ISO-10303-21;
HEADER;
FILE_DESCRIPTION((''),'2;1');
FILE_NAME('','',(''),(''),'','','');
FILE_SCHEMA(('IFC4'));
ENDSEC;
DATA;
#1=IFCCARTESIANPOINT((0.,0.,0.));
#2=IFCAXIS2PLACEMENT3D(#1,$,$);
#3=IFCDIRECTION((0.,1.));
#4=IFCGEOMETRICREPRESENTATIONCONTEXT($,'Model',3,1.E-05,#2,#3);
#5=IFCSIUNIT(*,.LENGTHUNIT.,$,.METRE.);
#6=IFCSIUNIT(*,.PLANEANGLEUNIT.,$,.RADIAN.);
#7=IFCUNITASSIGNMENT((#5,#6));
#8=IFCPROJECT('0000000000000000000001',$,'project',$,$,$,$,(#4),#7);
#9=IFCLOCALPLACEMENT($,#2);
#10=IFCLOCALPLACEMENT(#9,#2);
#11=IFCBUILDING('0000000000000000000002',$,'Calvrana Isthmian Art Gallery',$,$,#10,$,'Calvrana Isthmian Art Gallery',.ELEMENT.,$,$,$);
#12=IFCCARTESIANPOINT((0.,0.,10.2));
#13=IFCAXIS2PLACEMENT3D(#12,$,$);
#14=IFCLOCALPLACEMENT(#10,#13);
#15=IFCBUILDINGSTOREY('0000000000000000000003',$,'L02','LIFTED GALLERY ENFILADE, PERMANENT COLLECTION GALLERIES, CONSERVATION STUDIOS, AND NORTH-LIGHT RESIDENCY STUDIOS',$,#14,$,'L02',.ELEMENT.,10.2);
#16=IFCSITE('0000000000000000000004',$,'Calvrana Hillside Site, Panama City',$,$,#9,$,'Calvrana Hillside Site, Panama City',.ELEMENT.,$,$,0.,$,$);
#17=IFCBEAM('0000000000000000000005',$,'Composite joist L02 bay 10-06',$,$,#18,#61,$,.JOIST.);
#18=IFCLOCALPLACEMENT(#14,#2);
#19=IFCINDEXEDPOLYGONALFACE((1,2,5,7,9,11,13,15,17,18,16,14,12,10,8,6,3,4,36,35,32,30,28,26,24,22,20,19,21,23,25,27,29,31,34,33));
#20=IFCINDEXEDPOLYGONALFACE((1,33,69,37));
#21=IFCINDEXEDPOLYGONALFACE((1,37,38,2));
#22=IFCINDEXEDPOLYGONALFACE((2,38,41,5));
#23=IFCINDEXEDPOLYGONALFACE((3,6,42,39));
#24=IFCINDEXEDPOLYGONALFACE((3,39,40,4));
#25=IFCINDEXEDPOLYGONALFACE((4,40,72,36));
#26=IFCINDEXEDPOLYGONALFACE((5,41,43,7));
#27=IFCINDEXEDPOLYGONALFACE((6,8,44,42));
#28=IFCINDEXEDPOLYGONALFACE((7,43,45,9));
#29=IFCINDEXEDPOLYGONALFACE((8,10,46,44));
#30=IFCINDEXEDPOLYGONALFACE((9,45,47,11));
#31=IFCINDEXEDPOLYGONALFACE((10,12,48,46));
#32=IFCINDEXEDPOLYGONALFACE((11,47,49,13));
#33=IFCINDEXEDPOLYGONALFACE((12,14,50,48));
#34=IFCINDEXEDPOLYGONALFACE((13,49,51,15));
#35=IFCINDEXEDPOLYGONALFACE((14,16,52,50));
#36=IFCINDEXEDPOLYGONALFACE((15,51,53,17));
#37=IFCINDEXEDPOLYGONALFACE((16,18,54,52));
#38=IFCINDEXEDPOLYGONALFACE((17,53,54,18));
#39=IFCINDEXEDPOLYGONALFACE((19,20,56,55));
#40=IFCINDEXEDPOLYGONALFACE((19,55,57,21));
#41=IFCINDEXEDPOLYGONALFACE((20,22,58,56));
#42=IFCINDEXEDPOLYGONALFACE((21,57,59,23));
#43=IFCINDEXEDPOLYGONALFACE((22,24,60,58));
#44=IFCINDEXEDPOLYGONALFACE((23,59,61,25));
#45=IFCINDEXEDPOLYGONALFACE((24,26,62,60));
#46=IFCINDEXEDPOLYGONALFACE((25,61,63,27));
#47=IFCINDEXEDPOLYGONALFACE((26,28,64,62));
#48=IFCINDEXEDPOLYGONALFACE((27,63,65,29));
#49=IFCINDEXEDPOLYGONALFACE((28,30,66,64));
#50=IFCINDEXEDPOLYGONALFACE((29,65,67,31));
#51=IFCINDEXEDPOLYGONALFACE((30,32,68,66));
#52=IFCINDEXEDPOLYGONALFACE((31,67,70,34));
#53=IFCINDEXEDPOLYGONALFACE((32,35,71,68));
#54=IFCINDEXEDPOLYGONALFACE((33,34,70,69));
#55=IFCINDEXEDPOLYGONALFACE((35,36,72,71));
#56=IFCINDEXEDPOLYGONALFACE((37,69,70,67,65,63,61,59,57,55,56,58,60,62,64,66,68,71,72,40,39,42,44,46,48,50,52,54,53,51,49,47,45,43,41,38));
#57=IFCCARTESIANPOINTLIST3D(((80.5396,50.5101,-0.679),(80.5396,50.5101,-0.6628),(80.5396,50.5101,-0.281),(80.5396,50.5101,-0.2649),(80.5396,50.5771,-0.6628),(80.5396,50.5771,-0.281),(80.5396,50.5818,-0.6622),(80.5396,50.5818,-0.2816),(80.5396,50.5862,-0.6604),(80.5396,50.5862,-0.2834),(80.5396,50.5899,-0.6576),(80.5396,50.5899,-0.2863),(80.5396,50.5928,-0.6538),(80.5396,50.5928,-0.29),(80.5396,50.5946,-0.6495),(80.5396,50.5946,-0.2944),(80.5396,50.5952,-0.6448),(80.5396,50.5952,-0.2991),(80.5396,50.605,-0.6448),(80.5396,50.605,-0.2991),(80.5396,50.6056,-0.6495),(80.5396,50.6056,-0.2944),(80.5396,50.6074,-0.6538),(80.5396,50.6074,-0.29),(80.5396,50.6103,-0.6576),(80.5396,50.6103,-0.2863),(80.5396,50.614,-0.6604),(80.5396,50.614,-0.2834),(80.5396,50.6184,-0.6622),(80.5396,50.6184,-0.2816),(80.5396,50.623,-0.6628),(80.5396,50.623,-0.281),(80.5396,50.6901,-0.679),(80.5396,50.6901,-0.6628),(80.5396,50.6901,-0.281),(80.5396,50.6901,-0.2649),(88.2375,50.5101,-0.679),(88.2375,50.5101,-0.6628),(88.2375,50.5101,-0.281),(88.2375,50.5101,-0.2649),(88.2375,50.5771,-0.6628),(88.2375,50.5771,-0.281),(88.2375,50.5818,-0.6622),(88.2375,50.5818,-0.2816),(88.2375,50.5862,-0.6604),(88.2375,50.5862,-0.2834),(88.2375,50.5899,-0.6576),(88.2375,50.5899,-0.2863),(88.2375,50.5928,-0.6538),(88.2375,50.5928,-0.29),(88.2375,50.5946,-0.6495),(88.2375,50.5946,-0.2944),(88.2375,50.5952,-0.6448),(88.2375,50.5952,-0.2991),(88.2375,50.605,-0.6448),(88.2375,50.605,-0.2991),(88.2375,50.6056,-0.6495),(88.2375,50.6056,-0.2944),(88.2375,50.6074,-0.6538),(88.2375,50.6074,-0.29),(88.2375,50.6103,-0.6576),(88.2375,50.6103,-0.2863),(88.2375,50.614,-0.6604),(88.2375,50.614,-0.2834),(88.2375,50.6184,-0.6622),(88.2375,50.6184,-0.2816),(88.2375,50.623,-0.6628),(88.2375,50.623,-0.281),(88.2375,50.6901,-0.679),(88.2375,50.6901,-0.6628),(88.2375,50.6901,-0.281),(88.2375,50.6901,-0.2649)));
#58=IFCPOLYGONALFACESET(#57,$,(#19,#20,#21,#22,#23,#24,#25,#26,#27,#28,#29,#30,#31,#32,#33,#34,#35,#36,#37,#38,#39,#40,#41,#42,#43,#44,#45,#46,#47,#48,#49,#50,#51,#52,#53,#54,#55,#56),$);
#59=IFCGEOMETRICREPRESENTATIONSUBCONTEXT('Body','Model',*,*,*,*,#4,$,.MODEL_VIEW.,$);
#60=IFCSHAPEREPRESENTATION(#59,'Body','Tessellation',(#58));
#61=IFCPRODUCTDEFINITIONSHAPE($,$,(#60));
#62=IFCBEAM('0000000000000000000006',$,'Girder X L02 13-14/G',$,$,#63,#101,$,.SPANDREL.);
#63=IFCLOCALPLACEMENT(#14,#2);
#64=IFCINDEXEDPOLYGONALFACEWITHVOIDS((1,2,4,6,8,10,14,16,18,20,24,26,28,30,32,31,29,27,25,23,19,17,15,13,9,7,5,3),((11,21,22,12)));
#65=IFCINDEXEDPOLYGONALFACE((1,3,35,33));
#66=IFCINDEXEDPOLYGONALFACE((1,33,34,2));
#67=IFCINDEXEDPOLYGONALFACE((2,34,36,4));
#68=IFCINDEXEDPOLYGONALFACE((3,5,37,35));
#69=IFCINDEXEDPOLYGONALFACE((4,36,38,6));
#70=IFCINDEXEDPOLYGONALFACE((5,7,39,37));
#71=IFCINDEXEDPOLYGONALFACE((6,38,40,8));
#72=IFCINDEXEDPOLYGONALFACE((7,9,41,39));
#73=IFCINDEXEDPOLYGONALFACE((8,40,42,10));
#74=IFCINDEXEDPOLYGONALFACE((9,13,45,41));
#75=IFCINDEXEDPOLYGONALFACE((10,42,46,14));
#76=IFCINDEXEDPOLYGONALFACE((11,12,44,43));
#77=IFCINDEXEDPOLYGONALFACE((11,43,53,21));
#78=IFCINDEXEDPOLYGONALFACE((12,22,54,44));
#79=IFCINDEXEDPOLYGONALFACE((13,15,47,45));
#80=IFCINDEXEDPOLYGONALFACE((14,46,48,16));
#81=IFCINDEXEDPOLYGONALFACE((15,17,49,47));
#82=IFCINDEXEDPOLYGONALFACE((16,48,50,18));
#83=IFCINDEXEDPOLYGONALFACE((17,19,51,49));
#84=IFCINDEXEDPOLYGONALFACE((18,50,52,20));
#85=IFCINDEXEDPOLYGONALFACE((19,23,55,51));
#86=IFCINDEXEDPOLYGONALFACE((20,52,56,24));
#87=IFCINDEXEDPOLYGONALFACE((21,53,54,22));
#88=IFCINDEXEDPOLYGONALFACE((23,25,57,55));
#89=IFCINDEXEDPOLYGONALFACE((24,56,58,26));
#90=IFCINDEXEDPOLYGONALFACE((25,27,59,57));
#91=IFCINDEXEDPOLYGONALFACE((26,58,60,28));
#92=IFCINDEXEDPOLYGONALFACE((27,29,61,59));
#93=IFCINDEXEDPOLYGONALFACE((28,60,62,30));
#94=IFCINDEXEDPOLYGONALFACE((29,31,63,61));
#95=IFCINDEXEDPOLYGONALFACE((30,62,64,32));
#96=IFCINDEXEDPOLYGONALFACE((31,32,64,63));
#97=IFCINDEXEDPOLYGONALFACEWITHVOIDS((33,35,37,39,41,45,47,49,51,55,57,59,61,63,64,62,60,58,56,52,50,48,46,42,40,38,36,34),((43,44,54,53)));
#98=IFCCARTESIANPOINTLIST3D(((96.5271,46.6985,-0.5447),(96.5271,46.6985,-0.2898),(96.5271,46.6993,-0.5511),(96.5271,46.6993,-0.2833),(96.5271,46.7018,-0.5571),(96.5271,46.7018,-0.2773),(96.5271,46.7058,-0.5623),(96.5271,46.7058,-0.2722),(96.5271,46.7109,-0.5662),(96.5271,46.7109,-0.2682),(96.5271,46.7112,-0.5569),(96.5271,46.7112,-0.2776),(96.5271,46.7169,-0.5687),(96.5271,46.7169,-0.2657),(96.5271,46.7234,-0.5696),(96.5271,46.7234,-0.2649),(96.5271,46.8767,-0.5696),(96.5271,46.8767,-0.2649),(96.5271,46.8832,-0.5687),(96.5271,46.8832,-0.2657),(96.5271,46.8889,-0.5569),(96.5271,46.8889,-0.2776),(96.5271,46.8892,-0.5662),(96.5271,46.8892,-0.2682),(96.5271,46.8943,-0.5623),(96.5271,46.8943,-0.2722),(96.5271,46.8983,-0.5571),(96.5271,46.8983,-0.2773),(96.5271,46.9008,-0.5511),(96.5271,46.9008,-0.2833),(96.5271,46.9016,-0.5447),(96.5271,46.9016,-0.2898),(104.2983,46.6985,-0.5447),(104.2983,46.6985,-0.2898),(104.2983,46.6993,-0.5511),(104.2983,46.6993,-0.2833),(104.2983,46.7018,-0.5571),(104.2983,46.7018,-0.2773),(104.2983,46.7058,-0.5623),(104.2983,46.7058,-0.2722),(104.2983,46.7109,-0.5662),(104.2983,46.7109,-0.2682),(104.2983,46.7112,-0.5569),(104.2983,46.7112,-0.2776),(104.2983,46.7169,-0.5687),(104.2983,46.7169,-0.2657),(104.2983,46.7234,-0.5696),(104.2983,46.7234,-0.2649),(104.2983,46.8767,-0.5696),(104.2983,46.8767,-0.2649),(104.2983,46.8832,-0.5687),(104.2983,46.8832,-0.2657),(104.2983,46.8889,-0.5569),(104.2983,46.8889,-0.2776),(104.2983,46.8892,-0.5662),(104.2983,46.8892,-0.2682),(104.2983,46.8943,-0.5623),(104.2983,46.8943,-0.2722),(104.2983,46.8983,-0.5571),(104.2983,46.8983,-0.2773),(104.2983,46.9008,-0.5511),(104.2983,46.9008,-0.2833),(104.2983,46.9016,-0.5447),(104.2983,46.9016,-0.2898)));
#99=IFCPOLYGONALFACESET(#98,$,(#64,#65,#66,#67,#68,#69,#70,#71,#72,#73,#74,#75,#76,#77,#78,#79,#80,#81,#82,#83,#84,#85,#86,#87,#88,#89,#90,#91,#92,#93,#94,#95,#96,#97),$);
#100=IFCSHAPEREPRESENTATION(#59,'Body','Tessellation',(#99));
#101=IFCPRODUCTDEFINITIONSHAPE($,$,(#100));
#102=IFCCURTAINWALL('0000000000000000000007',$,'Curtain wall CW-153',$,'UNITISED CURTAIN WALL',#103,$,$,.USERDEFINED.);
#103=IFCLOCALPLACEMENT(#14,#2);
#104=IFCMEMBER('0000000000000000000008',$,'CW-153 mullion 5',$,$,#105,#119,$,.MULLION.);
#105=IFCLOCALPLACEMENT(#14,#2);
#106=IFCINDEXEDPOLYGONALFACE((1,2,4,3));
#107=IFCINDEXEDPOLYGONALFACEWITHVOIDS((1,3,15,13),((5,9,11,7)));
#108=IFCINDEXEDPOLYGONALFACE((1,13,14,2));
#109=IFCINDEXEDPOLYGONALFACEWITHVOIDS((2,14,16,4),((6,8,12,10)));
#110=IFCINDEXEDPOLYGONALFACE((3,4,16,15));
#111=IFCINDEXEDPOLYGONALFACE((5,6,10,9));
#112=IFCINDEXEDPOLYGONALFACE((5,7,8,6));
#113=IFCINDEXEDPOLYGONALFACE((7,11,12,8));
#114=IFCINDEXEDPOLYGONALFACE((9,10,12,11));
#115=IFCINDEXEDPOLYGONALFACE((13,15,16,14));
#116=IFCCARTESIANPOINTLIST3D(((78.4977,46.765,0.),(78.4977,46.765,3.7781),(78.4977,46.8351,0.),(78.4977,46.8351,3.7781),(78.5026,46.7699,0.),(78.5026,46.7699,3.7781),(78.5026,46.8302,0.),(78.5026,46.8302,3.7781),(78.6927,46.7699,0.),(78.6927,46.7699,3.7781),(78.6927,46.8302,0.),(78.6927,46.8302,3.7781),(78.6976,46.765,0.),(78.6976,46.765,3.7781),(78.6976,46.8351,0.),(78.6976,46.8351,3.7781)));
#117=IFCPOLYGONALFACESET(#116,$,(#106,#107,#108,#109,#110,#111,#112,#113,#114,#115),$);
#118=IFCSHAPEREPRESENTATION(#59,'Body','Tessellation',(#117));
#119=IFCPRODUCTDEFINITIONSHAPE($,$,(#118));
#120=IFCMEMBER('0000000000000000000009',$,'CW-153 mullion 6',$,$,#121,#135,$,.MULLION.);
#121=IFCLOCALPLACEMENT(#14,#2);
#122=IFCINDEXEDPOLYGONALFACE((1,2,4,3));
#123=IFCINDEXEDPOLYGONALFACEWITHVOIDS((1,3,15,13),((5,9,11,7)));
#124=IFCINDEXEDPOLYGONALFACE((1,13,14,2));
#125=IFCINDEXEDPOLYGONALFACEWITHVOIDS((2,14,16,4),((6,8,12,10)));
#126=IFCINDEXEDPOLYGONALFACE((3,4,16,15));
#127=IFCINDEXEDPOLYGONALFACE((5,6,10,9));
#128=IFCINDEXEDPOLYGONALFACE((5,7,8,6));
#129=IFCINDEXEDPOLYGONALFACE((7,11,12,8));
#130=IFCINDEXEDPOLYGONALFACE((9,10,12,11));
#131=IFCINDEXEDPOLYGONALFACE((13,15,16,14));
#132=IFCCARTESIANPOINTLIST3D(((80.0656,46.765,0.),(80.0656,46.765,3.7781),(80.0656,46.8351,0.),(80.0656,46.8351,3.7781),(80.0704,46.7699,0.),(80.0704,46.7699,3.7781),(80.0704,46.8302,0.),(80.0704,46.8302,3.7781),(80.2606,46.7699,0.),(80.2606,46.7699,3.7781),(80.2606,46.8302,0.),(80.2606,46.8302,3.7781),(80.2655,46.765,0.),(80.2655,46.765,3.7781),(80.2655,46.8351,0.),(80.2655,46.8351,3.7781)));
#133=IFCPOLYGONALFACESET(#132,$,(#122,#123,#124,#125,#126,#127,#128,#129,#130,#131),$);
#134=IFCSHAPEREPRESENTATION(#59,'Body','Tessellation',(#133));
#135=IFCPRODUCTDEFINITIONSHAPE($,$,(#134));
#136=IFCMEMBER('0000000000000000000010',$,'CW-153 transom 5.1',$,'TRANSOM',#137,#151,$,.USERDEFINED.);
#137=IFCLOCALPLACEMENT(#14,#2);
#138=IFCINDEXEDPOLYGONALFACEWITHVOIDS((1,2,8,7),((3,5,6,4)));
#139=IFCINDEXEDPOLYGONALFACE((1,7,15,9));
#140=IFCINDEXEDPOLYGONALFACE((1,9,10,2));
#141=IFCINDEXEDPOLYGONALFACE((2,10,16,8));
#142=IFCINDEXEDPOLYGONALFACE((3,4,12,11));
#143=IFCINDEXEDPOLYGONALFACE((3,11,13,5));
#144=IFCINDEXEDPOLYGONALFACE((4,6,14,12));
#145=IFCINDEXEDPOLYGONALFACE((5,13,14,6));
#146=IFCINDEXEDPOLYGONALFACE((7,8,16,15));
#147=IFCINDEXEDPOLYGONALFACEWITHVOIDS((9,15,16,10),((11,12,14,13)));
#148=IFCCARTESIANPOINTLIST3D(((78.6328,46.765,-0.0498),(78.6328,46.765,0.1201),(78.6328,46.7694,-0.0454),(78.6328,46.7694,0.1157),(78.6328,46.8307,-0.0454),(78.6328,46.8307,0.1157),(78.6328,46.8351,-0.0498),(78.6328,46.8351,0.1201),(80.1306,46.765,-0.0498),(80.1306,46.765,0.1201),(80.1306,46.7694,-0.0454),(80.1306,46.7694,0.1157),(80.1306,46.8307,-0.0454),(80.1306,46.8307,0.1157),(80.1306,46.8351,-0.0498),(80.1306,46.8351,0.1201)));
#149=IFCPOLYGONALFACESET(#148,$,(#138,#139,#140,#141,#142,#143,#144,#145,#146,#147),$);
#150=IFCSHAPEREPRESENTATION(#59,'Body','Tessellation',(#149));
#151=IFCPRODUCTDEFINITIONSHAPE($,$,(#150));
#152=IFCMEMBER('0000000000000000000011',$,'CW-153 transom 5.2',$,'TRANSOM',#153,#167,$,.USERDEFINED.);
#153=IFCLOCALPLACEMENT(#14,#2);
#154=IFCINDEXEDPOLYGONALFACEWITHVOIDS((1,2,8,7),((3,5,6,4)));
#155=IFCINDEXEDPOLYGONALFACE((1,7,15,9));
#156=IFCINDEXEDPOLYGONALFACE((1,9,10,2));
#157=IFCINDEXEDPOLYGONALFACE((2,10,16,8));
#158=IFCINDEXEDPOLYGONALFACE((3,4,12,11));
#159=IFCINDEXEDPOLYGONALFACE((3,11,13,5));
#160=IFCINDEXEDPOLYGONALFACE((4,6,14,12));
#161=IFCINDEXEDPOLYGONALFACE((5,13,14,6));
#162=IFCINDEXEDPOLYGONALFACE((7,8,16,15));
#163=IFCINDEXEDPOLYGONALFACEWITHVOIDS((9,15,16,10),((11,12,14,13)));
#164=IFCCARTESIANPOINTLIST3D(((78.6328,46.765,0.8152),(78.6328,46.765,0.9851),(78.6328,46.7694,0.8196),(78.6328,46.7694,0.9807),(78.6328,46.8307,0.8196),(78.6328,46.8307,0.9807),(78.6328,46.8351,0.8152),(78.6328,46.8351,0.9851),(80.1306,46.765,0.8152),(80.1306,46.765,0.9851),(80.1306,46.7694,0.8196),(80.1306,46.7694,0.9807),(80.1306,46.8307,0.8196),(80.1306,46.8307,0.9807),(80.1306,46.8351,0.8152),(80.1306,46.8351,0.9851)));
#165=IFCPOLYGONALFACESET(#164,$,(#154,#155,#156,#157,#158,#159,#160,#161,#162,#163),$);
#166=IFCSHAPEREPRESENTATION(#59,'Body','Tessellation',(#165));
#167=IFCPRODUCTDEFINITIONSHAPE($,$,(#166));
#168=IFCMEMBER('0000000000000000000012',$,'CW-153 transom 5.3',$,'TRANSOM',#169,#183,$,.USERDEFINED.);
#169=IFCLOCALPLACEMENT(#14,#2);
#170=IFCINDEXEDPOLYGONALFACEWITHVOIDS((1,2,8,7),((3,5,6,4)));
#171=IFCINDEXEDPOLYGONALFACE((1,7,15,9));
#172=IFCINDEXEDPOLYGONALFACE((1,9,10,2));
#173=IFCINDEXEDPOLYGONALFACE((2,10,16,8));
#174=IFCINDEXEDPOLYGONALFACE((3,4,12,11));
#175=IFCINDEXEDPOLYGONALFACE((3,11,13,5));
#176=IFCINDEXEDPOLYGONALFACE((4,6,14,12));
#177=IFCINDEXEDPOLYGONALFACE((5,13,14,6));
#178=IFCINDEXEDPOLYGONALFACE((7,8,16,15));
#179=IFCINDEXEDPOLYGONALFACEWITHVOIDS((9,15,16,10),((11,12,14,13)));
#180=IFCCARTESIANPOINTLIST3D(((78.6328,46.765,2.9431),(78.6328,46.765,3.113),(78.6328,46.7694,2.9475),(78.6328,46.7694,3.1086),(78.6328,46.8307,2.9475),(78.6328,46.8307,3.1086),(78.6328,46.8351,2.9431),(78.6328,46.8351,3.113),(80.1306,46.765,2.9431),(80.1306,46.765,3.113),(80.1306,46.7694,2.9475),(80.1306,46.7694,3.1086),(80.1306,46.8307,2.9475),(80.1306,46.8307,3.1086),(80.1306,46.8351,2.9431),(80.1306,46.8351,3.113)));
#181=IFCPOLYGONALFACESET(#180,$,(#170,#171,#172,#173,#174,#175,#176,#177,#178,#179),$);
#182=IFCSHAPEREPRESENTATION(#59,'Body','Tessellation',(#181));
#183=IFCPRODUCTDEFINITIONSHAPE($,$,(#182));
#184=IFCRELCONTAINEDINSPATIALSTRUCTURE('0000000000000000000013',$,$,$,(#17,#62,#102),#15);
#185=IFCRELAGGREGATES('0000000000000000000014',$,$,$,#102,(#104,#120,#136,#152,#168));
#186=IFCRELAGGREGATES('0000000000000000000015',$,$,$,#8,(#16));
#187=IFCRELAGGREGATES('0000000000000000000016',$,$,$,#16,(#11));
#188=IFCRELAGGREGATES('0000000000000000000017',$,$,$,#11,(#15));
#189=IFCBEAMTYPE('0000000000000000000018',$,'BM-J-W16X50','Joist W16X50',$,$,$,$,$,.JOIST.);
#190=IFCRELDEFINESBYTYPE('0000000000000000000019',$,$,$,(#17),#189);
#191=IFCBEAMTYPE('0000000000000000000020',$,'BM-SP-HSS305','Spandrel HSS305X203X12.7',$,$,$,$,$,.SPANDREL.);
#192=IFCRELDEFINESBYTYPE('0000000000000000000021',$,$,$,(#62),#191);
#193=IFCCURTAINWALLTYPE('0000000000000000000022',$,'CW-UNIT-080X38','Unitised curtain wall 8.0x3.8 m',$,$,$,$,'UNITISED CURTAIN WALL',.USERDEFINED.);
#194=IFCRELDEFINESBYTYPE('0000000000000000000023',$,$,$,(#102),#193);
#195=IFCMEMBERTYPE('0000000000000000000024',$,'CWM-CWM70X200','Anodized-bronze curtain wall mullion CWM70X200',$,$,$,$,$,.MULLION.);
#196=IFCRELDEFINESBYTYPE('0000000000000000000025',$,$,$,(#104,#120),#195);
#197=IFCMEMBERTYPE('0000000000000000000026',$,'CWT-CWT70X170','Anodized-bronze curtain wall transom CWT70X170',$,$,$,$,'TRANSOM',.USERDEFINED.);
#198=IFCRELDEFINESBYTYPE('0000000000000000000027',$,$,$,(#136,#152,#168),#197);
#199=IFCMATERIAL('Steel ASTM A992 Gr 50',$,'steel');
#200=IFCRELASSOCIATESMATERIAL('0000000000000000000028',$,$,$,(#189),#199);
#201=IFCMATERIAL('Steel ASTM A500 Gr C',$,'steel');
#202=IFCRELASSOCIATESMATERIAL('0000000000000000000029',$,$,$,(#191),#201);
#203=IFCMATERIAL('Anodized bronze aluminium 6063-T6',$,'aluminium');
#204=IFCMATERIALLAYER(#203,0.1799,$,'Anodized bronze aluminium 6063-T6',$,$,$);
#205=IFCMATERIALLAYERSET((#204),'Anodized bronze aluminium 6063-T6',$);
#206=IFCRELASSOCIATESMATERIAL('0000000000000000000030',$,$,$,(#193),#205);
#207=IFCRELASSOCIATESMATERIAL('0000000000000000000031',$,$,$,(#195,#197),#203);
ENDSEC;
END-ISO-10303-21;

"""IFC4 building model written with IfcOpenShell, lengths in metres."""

from ifc_helpers import new_model, si_unit, direction, frame, origin, origin_2d, place, context, subcontext, project, spatial, hollow_rectangle, i_section, extrude, material, layer, layer_set, material_profile, profile_set, type_object, element, aggregate, save


model = new_model("IFC4")

# Units and contexts
model_context = context("Model", 3, precision=1e-05, world=origin(), true_north=direction((0.0, 1.0)))
body_context = subcontext(model_context, "Body", "Model", "MODEL_VIEW")
ifc_project = project(units=[si_unit("LENGTHUNIT", "METRE"), si_unit("PLANEANGLEUNIT", "RADIAN")], contexts=[model_context])

# Site, building, storey
site_placement = place(None, origin())
site = spatial("IfcSite", under=ifc_project, at=site_placement, Name="Calvrana Hillside Site, Panama City", LongName="Calvrana Hillside Site, Panama City", CompositionType="ELEMENT", RefElevation=0.0)
building_placement = place(site_placement, origin())
building = spatial("IfcBuilding", under=site, at=building_placement, Name="Calvrana Isthmian Art Gallery", LongName="Calvrana Isthmian Art Gallery", CompositionType="ELEMENT")
storey_placement = place(building_placement, frame((0.0, 0.0, 10.2)))
storey = spatial("IfcBuildingStorey", under=building, at=storey_placement, Name="L02", Description="LIFTED GALLERY ENFILADE, PERMANENT COLLECTION GALLERIES, CONSERVATION STUDIOS, AND NORTH-LIGHT RESIDENCY STUDIOS", LongName="L02", CompositionType="ELEMENT", Elevation=10.2)

# Shared definitions
ifc_material_1 = material(Name="Steel ASTM A992 Gr 50", Category="steel")

# Beams
ifc_material_profile_1 = material_profile(ifc_material_1, i_section(OverallWidth=0.1799, OverallDepth=0.4141, WebThickness=0.0098, FlangeThickness=0.0161, FilletRadius=0.0181, at=origin_2d()), Name="W16X50")
ifc_profile_set_1 = profile_set([ifc_material_profile_1], Name="Steel ASTM A992 Gr 50")
beam_type_1 = type_object("IfcBeamType", Name="BM-J-W16X50", Description="Joist W16X50", PredefinedType="JOIST", material=ifc_profile_set_1)
beam_1_placement = place(storey_placement, frame((80.5396, 50.6001, -0.4719), z_axis=(1.0, 0.0, 0.0), x_axis=(0.0, 1.0, 0.0)))
element("IfcBeam", 1, at=beam_1_placement, inside=storey, type_object=beam_type_1, Name="Composite joist L02 bay 10-06", PredefinedType="JOIST", context=body_context, shape_type="SweptSolid", body=[
    extrude(i_section(OverallWidth=0.1799, OverallDepth=0.4141, WebThickness=0.0098, FlangeThickness=0.0161, FilletRadius=0.0181, at=origin_2d()), origin(), (0.0, 0.0, 1.0), 7.698),
])
ifc_material_2 = material(Name="Steel ASTM A500 Gr C", Category="steel")
ifc_material_profile_2 = material_profile(ifc_material_2, hollow_rectangle(XDim=0.2031, YDim=0.3047, WallThickness=0.0127, OuterFilletRadius=0.0249, at=origin_2d()), Name="HSS305X203X12.7")
ifc_profile_set_2 = profile_set([ifc_material_profile_2], Name="Steel ASTM A500 Gr C")
beam_type_2 = type_object("IfcBeamType", Name="BM-SP-HSS305", Description="Spandrel HSS305X203X12.7", PredefinedType="SPANDREL", material=ifc_profile_set_2)
beam_2_placement = place(storey_placement, frame((96.5271, 46.8, -0.4172), z_axis=(1.0, 0.0, 0.0), x_axis=(0.0, 1.0, 0.0)))
element("IfcBeam", 2, at=beam_2_placement, inside=storey, type_object=beam_type_2, Name="Girder X L02 13-14/G", PredefinedType="SPANDREL", context=body_context, shape_type="SweptSolid", body=[
    extrude(hollow_rectangle(XDim=0.2031, YDim=0.3047, WallThickness=0.0127, OuterFilletRadius=0.0249, at=origin_2d()), origin(), (0.0, 0.0, 1.0), 7.7712),
])

# Curtain wall, members
ifc_material_3 = material(Name="Anodized bronze aluminium 6063-T6", Category="aluminium")
ifc_layer_1 = layer(ifc_material_3, 0.1799, Name="Anodized bronze aluminium 6063-T6")
ifc_layer_set_1 = layer_set([ifc_layer_1], Name="Anodized bronze aluminium 6063-T6")
curtain_wall_type = type_object("IfcCurtainWallType", Name="CW-UNIT-080X38", Description="Unitised curtain wall 8.0x3.8 m", ElementType="UNITISED CURTAIN WALL", PredefinedType="USERDEFINED", material=ifc_layer_set_1)
curtain_wall_placement = place(storey_placement, origin())
curtain_wall = element("IfcCurtainWall", 3, at=curtain_wall_placement, inside=storey, type_object=curtain_wall_type, Name="Curtain wall CW-153", ObjectType="UNITISED CURTAIN WALL", PredefinedType="USERDEFINED")
ifc_material_profile_3 = material_profile(ifc_material_3, hollow_rectangle(XDim=0.0701, YDim=0.2, WallThickness=0.0049, at=origin_2d()), Name="CWM70X200")
ifc_profile_set_3 = profile_set([ifc_material_profile_3], Name="Anodized bronze aluminium 6063-T6")
member_type_1 = type_object("IfcMemberType", Name="CWM-CWM70X200", Description="Anodized-bronze curtain wall mullion CWM70X200", PredefinedType="MULLION", material=ifc_profile_set_3)
member_1_placement = place(storey_placement, frame((78.5977, 46.8, 0.0), z_axis=(0.0, 0.0, 1.0), x_axis=(0.0, 1.0, 0.0)))
member_1 = element("IfcMember", 4, at=member_1_placement, type_object=member_type_1, Name="CW-153 mullion 5", PredefinedType="MULLION", context=body_context, shape_type="SweptSolid", body=[
    extrude(hollow_rectangle(XDim=0.0701, YDim=0.2, WallThickness=0.0049, at=origin_2d()), origin(), (0.0, 0.0, 1.0), 3.7781),
])
member_2_placement = place(storey_placement, frame((80.1655, 46.8, 0.0), z_axis=(0.0, 0.0, 1.0), x_axis=(0.0, 1.0, 0.0)))
member_2 = element("IfcMember", 5, at=member_2_placement, type_object=member_type_1, Name="CW-153 mullion 6", PredefinedType="MULLION", context=body_context, shape_type="SweptSolid", body=[
    extrude(hollow_rectangle(XDim=0.0701, YDim=0.2, WallThickness=0.0049, at=origin_2d()), origin(), (0.0, 0.0, 1.0), 3.7781),
])
ifc_material_profile_4 = material_profile(ifc_material_3, hollow_rectangle(XDim=0.0701, YDim=0.1699, WallThickness=0.0044, at=origin_2d()), Name="CWT70X170")
ifc_profile_set_4 = profile_set([ifc_material_profile_4], Name="Anodized bronze aluminium 6063-T6")
member_type_2 = type_object("IfcMemberType", Name="CWT-CWT70X170", Description="Anodized-bronze curtain wall transom CWT70X170", ElementType="TRANSOM", PredefinedType="USERDEFINED", material=ifc_profile_set_4)
member_3_placement = place(storey_placement, frame((78.6328, 46.8, 0.0352), z_axis=(1.0, 0.0, 0.0), x_axis=(0.0, 1.0, 0.0)))
member_3 = element("IfcMember", 6, at=member_3_placement, type_object=member_type_2, Name="CW-153 transom 5.1", ObjectType="TRANSOM", PredefinedType="USERDEFINED", context=body_context, shape_type="SweptSolid", body=[
    extrude(hollow_rectangle(XDim=0.0701, YDim=0.1699, WallThickness=0.0044, at=origin_2d()), origin(), (0.0, 0.0, 1.0), 1.4978),
])
member_4_placement = place(storey_placement, frame((78.6328, 46.8, 0.9001), z_axis=(1.0, 0.0, 0.0), x_axis=(0.0, 1.0, 0.0)))
member_4 = element("IfcMember", 7, at=member_4_placement, type_object=member_type_2, Name="CW-153 transom 5.2", ObjectType="TRANSOM", PredefinedType="USERDEFINED", context=body_context, shape_type="SweptSolid", body=[
    extrude(hollow_rectangle(XDim=0.0701, YDim=0.1699, WallThickness=0.0044, at=origin_2d()), origin(), (0.0, 0.0, 1.0), 1.4978),
])
member_5_placement = place(storey_placement, frame((78.6328, 46.8, 3.0281), z_axis=(1.0, 0.0, 0.0), x_axis=(0.0, 1.0, 0.0)))
member_5 = element("IfcMember", 8, at=member_5_placement, type_object=member_type_2, Name="CW-153 transom 5.3", ObjectType="TRANSOM", PredefinedType="USERDEFINED", context=body_context, shape_type="SweptSolid", body=[
    extrude(hollow_rectangle(XDim=0.0701, YDim=0.1699, WallThickness=0.0044, at=origin_2d()), origin(), (0.0, 0.0, 1.0), 1.4978),
])
aggregate(curtain_wall, [member_1, member_2, member_3, member_4, member_5])

save(model, "model.ifc")
